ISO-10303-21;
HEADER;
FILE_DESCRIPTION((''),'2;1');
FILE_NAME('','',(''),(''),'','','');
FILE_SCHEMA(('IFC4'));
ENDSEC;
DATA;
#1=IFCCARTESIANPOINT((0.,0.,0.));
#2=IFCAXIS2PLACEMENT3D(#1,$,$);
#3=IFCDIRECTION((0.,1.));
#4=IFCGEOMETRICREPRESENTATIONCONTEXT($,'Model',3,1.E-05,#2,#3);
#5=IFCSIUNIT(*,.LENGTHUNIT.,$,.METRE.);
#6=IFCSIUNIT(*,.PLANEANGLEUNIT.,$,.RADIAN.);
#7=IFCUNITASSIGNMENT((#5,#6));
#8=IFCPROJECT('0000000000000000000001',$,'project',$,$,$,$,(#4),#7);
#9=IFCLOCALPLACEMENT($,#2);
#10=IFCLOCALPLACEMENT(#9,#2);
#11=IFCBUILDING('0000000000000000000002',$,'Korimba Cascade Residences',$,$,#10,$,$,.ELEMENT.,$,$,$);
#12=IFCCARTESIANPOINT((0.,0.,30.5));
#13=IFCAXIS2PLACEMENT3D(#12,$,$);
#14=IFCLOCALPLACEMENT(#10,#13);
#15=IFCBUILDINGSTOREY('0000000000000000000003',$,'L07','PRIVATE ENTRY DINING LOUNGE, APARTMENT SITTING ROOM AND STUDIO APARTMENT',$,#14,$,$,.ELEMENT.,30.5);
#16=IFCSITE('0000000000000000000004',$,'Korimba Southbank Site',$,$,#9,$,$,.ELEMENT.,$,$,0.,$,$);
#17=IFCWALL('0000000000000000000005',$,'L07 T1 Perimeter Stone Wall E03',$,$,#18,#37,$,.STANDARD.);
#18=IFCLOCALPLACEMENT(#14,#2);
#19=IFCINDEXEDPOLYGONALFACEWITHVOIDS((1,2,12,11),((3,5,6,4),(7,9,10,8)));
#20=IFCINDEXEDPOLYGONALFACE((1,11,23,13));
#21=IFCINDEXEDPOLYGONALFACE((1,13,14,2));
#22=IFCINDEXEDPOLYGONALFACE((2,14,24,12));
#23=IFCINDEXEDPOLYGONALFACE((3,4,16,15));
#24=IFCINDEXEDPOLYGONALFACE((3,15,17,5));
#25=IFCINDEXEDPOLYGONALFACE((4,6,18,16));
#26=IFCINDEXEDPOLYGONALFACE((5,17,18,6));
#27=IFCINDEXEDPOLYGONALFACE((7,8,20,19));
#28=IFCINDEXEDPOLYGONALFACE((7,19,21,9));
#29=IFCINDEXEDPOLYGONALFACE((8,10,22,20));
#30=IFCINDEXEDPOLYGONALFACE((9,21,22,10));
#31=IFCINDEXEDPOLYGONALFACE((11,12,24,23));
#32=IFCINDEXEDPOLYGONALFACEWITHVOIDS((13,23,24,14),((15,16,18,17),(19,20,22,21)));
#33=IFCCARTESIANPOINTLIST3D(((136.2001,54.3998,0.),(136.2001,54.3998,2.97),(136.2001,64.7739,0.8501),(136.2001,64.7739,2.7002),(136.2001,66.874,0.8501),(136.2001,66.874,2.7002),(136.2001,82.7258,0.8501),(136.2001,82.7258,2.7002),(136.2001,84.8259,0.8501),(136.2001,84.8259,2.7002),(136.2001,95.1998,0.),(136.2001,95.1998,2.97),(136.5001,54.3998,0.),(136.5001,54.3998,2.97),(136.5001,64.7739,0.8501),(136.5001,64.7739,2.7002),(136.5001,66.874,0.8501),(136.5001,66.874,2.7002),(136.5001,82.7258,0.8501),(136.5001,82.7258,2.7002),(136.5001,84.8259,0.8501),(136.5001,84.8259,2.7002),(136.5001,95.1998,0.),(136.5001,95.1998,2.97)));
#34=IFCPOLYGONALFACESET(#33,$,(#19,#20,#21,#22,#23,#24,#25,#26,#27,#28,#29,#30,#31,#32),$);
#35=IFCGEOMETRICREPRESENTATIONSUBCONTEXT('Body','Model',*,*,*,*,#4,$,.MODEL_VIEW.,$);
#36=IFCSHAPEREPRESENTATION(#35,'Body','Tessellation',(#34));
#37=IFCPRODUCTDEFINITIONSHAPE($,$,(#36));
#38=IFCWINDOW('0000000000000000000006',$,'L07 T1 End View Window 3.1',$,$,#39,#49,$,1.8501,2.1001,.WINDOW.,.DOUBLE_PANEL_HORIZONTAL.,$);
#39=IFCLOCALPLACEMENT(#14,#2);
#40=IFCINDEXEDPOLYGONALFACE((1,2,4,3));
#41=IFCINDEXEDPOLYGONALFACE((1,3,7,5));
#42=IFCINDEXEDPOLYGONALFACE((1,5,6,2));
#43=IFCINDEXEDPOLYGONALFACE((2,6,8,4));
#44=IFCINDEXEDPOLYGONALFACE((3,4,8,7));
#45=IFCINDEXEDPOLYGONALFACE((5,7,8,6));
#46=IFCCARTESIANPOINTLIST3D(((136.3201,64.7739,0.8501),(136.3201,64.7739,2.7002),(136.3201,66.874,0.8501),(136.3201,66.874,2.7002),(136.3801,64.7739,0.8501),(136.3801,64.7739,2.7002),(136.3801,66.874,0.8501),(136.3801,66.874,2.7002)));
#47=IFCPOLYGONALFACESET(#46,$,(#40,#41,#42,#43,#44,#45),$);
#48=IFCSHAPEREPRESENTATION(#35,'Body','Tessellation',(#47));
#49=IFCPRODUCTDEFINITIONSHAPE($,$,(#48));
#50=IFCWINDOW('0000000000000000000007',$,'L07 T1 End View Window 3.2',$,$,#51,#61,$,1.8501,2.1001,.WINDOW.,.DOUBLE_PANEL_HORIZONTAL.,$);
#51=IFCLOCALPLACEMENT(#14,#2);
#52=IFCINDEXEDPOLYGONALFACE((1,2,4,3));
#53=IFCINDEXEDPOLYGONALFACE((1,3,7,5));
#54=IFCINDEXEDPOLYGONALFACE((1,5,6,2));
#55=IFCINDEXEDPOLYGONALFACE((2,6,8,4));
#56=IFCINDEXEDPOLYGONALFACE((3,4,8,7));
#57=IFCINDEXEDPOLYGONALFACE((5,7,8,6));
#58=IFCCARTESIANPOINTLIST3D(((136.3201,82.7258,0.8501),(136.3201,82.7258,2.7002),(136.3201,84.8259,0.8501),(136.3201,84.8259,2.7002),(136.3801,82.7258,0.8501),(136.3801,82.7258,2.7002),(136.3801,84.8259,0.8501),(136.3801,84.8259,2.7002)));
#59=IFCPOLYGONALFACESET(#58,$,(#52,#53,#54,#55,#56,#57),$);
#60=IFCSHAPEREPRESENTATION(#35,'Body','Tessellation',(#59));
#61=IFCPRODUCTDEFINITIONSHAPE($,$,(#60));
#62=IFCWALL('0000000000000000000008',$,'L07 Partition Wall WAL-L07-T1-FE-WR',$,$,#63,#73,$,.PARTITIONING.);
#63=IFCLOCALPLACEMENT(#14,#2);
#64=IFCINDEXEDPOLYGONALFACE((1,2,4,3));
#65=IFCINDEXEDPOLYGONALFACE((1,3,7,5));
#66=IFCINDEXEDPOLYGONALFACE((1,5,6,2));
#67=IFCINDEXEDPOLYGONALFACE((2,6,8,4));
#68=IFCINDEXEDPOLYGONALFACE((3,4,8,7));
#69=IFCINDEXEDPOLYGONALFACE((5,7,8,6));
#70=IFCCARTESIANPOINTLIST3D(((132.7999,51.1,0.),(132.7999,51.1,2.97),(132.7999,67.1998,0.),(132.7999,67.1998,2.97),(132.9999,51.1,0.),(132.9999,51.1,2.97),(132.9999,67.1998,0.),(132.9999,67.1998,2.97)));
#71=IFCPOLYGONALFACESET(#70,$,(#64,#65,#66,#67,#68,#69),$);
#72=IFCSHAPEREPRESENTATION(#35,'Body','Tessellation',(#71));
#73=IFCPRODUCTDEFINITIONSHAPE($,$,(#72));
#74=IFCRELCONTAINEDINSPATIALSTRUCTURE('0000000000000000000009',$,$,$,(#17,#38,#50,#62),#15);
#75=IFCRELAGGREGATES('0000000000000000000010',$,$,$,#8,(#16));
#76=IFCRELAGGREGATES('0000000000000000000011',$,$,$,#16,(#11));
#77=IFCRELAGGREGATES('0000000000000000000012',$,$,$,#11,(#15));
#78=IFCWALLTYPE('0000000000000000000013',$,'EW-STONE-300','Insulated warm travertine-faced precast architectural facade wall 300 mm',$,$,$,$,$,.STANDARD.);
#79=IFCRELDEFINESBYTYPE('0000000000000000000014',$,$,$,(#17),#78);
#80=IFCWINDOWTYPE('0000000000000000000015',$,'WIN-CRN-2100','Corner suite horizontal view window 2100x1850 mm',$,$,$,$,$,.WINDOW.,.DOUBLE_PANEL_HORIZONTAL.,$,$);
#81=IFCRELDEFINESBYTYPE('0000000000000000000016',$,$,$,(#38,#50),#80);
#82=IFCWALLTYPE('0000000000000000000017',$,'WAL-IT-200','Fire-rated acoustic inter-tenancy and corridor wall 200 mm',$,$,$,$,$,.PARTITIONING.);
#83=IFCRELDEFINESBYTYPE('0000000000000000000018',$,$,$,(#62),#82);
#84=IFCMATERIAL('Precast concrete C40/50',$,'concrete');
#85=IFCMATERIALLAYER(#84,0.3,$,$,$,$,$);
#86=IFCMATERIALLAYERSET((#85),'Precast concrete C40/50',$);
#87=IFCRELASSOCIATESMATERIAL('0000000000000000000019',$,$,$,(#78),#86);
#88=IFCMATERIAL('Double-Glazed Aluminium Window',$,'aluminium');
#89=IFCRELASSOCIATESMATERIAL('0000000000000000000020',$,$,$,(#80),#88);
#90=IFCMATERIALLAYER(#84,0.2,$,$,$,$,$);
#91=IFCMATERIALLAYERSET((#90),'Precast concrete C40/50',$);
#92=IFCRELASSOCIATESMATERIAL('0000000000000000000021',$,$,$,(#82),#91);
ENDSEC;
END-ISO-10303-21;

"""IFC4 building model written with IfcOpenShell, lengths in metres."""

from ifc_helpers import new_model, si_unit, direction, frame, frame_2d, origin, place, context, subcontext, project, spatial, rectangle, extrude, material, layer, layer_set, type_object, element, fill, save


model = new_model("IFC4")

# Units and contexts
model_context = context("Model", 3, precision=1e-05, world=origin(), true_north=direction((0.0, 1.0)))
body_context = subcontext(model_context, "Body", "Model", "MODEL_VIEW")
ifc_project = project(units=[si_unit("LENGTHUNIT", "METRE"), si_unit("PLANEANGLEUNIT", "RADIAN")], contexts=[model_context])

# Site, building, storey
site_placement = place(None, origin())
site = spatial("IfcSite", under=ifc_project, at=site_placement, Name="Korimba Southbank Site", CompositionType="ELEMENT", RefElevation=0.0)
building_placement = place(site_placement, origin())
building = spatial("IfcBuilding", under=site, at=building_placement, Name="Korimba Cascade Residences", CompositionType="ELEMENT")
storey_placement = place(building_placement, frame((0.0, 0.0, 30.5)))
storey = spatial("IfcBuildingStorey", under=building, at=storey_placement, Name="L07", Description="PRIVATE ENTRY DINING LOUNGE, APARTMENT SITTING ROOM AND STUDIO APARTMENT", CompositionType="ELEMENT", Elevation=30.5)

# Shared definitions
ifc_material_1 = material(Name="Precast concrete C40/50", Category="concrete")
ifc_layer_1 = layer(ifc_material_1, 0.3)
ifc_layer_set_1 = layer_set([ifc_layer_1], Name="Precast concrete C40/50")
wall_type_1 = type_object("IfcWallType", Name="EW-STONE-300", Description="Insulated warm travertine-faced precast architectural facade wall 300 mm", PredefinedType="STANDARD", material=ifc_layer_set_1)

# Wall, openings, windows
wall_1_placement = place(storey_placement, frame((136.3501, 54.3999, 0.0), z_axis=(0.0, 0.0, 1.0), x_axis=(0.0, 1.0, 0.0)))
wall_1 = element("IfcWall", 1, at=wall_1_placement, inside=storey, type_object=wall_type_1, Name="L07 T1 Perimeter Stone Wall E03", PredefinedType="STANDARD", context=body_context, shape_type="SweptSolid", body=[
    extrude(rectangle(XDim=40.8, YDim=0.3, at=frame_2d((20.3999, 0.0))), origin(), (0.0, 0.0, 1.0), 2.97),
])
opening_1_placement = place(wall_1_placement, frame((10.374, 0.0, 0.8501)))
opening_1 = element("IfcOpeningElement", 2, at=opening_1_placement, cuts=wall_1, PredefinedType="OPENING", context=body_context, shape_type="SweptSolid", body=[
    extrude(rectangle(XDim=2.1001, YDim=1.8501, at=frame_2d((1.05, 0.925))), frame((0.0, 0.1602, 0.0), z_axis=(0.0, -1.0, 0.0), x_axis=(1.0, 0.0, 0.0)), (0.0, 0.0, 1.0), 0.3201),
])
opening_2_placement = place(wall_1_placement, frame((28.3259, 0.0, 0.8501)))
opening_2 = element("IfcOpeningElement", 3, at=opening_2_placement, cuts=wall_1, PredefinedType="OPENING", context=body_context, shape_type="SweptSolid", body=[
    extrude(rectangle(XDim=2.1001, YDim=1.8501, at=frame_2d((1.05, 0.925))), frame((0.0, 0.1602, 0.0), z_axis=(0.0, -1.0, 0.0), x_axis=(1.0, 0.0, 0.0)), (0.0, 0.0, 1.0), 0.3201),
])
ifc_material_2 = material(Name="Double-Glazed Aluminium Window", Category="aluminium")
window_type = type_object("IfcWindowType", Name="WIN-CRN-2100", Description="Corner suite horizontal view window 2100x1850 mm", PartitioningType="DOUBLE_PANEL_HORIZONTAL", PredefinedType="WINDOW", material=ifc_material_2)
window_1_placement = place(opening_1_placement, origin())
window_1 = element("IfcWindow", 4, at=window_1_placement, inside=storey, type_object=window_type, Name="L07 T1 End View Window 3.1", OverallHeight=1.8501, OverallWidth=2.1001, PartitioningType="DOUBLE_PANEL_HORIZONTAL", PredefinedType="WINDOW", context=body_context, shape_type="SweptSolid", body=[
    extrude(rectangle(XDim=2.1001, YDim=1.8501, at=frame_2d((1.05, 0.925))), frame((0.0, 0.03, 0.0), z_axis=(0.0, -1.0, 0.0), x_axis=(1.0, 0.0, 0.0)), (0.0, 0.0, 1.0), 0.0601),
])
fill(opening_1, window_1)
window_2_placement = place(opening_2_placement, origin())
window_2 = element("IfcWindow", 5, at=window_2_placement, inside=storey, type_object=window_type, Name="L07 T1 End View Window 3.2", OverallHeight=1.8501, OverallWidth=2.1001, PartitioningType="DOUBLE_PANEL_HORIZONTAL", PredefinedType="WINDOW", context=body_context, shape_type="SweptSolid", body=[
    extrude(rectangle(XDim=2.1001, YDim=1.8501, at=frame_2d((1.05, 0.925))), frame((0.0, 0.03, 0.0), z_axis=(0.0, -1.0, 0.0), x_axis=(1.0, 0.0, 0.0)), (0.0, 0.0, 1.0), 0.0601),
])
fill(opening_2, window_2)

# Wall
ifc_layer_2 = layer(ifc_material_1, 0.2)
ifc_layer_set_2 = layer_set([ifc_layer_2], Name="Precast concrete C40/50")
wall_type_2 = type_object("IfcWallType", Name="WAL-IT-200", Description="Fire-rated acoustic inter-tenancy and corridor wall 200 mm", PredefinedType="PARTITIONING", material=ifc_layer_set_2)
wall_2_placement = place(storey_placement, frame((132.8999, 51.1001, 0.0), z_axis=(0.0, 0.0, 1.0), x_axis=(0.0, 1.0, 0.0)))
element("IfcWall", 6, at=wall_2_placement, inside=storey, type_object=wall_type_2, Name="L07 Partition Wall WAL-L07-T1-FE-WR", PredefinedType="PARTITIONING", context=body_context, shape_type="SweptSolid", body=[
    extrude(rectangle(XDim=16.0999, YDim=0.2, at=frame_2d((8.0498, 0.0))), origin(), (0.0, 0.0, 1.0), 2.97),
])

save(model, "model.ifc")
